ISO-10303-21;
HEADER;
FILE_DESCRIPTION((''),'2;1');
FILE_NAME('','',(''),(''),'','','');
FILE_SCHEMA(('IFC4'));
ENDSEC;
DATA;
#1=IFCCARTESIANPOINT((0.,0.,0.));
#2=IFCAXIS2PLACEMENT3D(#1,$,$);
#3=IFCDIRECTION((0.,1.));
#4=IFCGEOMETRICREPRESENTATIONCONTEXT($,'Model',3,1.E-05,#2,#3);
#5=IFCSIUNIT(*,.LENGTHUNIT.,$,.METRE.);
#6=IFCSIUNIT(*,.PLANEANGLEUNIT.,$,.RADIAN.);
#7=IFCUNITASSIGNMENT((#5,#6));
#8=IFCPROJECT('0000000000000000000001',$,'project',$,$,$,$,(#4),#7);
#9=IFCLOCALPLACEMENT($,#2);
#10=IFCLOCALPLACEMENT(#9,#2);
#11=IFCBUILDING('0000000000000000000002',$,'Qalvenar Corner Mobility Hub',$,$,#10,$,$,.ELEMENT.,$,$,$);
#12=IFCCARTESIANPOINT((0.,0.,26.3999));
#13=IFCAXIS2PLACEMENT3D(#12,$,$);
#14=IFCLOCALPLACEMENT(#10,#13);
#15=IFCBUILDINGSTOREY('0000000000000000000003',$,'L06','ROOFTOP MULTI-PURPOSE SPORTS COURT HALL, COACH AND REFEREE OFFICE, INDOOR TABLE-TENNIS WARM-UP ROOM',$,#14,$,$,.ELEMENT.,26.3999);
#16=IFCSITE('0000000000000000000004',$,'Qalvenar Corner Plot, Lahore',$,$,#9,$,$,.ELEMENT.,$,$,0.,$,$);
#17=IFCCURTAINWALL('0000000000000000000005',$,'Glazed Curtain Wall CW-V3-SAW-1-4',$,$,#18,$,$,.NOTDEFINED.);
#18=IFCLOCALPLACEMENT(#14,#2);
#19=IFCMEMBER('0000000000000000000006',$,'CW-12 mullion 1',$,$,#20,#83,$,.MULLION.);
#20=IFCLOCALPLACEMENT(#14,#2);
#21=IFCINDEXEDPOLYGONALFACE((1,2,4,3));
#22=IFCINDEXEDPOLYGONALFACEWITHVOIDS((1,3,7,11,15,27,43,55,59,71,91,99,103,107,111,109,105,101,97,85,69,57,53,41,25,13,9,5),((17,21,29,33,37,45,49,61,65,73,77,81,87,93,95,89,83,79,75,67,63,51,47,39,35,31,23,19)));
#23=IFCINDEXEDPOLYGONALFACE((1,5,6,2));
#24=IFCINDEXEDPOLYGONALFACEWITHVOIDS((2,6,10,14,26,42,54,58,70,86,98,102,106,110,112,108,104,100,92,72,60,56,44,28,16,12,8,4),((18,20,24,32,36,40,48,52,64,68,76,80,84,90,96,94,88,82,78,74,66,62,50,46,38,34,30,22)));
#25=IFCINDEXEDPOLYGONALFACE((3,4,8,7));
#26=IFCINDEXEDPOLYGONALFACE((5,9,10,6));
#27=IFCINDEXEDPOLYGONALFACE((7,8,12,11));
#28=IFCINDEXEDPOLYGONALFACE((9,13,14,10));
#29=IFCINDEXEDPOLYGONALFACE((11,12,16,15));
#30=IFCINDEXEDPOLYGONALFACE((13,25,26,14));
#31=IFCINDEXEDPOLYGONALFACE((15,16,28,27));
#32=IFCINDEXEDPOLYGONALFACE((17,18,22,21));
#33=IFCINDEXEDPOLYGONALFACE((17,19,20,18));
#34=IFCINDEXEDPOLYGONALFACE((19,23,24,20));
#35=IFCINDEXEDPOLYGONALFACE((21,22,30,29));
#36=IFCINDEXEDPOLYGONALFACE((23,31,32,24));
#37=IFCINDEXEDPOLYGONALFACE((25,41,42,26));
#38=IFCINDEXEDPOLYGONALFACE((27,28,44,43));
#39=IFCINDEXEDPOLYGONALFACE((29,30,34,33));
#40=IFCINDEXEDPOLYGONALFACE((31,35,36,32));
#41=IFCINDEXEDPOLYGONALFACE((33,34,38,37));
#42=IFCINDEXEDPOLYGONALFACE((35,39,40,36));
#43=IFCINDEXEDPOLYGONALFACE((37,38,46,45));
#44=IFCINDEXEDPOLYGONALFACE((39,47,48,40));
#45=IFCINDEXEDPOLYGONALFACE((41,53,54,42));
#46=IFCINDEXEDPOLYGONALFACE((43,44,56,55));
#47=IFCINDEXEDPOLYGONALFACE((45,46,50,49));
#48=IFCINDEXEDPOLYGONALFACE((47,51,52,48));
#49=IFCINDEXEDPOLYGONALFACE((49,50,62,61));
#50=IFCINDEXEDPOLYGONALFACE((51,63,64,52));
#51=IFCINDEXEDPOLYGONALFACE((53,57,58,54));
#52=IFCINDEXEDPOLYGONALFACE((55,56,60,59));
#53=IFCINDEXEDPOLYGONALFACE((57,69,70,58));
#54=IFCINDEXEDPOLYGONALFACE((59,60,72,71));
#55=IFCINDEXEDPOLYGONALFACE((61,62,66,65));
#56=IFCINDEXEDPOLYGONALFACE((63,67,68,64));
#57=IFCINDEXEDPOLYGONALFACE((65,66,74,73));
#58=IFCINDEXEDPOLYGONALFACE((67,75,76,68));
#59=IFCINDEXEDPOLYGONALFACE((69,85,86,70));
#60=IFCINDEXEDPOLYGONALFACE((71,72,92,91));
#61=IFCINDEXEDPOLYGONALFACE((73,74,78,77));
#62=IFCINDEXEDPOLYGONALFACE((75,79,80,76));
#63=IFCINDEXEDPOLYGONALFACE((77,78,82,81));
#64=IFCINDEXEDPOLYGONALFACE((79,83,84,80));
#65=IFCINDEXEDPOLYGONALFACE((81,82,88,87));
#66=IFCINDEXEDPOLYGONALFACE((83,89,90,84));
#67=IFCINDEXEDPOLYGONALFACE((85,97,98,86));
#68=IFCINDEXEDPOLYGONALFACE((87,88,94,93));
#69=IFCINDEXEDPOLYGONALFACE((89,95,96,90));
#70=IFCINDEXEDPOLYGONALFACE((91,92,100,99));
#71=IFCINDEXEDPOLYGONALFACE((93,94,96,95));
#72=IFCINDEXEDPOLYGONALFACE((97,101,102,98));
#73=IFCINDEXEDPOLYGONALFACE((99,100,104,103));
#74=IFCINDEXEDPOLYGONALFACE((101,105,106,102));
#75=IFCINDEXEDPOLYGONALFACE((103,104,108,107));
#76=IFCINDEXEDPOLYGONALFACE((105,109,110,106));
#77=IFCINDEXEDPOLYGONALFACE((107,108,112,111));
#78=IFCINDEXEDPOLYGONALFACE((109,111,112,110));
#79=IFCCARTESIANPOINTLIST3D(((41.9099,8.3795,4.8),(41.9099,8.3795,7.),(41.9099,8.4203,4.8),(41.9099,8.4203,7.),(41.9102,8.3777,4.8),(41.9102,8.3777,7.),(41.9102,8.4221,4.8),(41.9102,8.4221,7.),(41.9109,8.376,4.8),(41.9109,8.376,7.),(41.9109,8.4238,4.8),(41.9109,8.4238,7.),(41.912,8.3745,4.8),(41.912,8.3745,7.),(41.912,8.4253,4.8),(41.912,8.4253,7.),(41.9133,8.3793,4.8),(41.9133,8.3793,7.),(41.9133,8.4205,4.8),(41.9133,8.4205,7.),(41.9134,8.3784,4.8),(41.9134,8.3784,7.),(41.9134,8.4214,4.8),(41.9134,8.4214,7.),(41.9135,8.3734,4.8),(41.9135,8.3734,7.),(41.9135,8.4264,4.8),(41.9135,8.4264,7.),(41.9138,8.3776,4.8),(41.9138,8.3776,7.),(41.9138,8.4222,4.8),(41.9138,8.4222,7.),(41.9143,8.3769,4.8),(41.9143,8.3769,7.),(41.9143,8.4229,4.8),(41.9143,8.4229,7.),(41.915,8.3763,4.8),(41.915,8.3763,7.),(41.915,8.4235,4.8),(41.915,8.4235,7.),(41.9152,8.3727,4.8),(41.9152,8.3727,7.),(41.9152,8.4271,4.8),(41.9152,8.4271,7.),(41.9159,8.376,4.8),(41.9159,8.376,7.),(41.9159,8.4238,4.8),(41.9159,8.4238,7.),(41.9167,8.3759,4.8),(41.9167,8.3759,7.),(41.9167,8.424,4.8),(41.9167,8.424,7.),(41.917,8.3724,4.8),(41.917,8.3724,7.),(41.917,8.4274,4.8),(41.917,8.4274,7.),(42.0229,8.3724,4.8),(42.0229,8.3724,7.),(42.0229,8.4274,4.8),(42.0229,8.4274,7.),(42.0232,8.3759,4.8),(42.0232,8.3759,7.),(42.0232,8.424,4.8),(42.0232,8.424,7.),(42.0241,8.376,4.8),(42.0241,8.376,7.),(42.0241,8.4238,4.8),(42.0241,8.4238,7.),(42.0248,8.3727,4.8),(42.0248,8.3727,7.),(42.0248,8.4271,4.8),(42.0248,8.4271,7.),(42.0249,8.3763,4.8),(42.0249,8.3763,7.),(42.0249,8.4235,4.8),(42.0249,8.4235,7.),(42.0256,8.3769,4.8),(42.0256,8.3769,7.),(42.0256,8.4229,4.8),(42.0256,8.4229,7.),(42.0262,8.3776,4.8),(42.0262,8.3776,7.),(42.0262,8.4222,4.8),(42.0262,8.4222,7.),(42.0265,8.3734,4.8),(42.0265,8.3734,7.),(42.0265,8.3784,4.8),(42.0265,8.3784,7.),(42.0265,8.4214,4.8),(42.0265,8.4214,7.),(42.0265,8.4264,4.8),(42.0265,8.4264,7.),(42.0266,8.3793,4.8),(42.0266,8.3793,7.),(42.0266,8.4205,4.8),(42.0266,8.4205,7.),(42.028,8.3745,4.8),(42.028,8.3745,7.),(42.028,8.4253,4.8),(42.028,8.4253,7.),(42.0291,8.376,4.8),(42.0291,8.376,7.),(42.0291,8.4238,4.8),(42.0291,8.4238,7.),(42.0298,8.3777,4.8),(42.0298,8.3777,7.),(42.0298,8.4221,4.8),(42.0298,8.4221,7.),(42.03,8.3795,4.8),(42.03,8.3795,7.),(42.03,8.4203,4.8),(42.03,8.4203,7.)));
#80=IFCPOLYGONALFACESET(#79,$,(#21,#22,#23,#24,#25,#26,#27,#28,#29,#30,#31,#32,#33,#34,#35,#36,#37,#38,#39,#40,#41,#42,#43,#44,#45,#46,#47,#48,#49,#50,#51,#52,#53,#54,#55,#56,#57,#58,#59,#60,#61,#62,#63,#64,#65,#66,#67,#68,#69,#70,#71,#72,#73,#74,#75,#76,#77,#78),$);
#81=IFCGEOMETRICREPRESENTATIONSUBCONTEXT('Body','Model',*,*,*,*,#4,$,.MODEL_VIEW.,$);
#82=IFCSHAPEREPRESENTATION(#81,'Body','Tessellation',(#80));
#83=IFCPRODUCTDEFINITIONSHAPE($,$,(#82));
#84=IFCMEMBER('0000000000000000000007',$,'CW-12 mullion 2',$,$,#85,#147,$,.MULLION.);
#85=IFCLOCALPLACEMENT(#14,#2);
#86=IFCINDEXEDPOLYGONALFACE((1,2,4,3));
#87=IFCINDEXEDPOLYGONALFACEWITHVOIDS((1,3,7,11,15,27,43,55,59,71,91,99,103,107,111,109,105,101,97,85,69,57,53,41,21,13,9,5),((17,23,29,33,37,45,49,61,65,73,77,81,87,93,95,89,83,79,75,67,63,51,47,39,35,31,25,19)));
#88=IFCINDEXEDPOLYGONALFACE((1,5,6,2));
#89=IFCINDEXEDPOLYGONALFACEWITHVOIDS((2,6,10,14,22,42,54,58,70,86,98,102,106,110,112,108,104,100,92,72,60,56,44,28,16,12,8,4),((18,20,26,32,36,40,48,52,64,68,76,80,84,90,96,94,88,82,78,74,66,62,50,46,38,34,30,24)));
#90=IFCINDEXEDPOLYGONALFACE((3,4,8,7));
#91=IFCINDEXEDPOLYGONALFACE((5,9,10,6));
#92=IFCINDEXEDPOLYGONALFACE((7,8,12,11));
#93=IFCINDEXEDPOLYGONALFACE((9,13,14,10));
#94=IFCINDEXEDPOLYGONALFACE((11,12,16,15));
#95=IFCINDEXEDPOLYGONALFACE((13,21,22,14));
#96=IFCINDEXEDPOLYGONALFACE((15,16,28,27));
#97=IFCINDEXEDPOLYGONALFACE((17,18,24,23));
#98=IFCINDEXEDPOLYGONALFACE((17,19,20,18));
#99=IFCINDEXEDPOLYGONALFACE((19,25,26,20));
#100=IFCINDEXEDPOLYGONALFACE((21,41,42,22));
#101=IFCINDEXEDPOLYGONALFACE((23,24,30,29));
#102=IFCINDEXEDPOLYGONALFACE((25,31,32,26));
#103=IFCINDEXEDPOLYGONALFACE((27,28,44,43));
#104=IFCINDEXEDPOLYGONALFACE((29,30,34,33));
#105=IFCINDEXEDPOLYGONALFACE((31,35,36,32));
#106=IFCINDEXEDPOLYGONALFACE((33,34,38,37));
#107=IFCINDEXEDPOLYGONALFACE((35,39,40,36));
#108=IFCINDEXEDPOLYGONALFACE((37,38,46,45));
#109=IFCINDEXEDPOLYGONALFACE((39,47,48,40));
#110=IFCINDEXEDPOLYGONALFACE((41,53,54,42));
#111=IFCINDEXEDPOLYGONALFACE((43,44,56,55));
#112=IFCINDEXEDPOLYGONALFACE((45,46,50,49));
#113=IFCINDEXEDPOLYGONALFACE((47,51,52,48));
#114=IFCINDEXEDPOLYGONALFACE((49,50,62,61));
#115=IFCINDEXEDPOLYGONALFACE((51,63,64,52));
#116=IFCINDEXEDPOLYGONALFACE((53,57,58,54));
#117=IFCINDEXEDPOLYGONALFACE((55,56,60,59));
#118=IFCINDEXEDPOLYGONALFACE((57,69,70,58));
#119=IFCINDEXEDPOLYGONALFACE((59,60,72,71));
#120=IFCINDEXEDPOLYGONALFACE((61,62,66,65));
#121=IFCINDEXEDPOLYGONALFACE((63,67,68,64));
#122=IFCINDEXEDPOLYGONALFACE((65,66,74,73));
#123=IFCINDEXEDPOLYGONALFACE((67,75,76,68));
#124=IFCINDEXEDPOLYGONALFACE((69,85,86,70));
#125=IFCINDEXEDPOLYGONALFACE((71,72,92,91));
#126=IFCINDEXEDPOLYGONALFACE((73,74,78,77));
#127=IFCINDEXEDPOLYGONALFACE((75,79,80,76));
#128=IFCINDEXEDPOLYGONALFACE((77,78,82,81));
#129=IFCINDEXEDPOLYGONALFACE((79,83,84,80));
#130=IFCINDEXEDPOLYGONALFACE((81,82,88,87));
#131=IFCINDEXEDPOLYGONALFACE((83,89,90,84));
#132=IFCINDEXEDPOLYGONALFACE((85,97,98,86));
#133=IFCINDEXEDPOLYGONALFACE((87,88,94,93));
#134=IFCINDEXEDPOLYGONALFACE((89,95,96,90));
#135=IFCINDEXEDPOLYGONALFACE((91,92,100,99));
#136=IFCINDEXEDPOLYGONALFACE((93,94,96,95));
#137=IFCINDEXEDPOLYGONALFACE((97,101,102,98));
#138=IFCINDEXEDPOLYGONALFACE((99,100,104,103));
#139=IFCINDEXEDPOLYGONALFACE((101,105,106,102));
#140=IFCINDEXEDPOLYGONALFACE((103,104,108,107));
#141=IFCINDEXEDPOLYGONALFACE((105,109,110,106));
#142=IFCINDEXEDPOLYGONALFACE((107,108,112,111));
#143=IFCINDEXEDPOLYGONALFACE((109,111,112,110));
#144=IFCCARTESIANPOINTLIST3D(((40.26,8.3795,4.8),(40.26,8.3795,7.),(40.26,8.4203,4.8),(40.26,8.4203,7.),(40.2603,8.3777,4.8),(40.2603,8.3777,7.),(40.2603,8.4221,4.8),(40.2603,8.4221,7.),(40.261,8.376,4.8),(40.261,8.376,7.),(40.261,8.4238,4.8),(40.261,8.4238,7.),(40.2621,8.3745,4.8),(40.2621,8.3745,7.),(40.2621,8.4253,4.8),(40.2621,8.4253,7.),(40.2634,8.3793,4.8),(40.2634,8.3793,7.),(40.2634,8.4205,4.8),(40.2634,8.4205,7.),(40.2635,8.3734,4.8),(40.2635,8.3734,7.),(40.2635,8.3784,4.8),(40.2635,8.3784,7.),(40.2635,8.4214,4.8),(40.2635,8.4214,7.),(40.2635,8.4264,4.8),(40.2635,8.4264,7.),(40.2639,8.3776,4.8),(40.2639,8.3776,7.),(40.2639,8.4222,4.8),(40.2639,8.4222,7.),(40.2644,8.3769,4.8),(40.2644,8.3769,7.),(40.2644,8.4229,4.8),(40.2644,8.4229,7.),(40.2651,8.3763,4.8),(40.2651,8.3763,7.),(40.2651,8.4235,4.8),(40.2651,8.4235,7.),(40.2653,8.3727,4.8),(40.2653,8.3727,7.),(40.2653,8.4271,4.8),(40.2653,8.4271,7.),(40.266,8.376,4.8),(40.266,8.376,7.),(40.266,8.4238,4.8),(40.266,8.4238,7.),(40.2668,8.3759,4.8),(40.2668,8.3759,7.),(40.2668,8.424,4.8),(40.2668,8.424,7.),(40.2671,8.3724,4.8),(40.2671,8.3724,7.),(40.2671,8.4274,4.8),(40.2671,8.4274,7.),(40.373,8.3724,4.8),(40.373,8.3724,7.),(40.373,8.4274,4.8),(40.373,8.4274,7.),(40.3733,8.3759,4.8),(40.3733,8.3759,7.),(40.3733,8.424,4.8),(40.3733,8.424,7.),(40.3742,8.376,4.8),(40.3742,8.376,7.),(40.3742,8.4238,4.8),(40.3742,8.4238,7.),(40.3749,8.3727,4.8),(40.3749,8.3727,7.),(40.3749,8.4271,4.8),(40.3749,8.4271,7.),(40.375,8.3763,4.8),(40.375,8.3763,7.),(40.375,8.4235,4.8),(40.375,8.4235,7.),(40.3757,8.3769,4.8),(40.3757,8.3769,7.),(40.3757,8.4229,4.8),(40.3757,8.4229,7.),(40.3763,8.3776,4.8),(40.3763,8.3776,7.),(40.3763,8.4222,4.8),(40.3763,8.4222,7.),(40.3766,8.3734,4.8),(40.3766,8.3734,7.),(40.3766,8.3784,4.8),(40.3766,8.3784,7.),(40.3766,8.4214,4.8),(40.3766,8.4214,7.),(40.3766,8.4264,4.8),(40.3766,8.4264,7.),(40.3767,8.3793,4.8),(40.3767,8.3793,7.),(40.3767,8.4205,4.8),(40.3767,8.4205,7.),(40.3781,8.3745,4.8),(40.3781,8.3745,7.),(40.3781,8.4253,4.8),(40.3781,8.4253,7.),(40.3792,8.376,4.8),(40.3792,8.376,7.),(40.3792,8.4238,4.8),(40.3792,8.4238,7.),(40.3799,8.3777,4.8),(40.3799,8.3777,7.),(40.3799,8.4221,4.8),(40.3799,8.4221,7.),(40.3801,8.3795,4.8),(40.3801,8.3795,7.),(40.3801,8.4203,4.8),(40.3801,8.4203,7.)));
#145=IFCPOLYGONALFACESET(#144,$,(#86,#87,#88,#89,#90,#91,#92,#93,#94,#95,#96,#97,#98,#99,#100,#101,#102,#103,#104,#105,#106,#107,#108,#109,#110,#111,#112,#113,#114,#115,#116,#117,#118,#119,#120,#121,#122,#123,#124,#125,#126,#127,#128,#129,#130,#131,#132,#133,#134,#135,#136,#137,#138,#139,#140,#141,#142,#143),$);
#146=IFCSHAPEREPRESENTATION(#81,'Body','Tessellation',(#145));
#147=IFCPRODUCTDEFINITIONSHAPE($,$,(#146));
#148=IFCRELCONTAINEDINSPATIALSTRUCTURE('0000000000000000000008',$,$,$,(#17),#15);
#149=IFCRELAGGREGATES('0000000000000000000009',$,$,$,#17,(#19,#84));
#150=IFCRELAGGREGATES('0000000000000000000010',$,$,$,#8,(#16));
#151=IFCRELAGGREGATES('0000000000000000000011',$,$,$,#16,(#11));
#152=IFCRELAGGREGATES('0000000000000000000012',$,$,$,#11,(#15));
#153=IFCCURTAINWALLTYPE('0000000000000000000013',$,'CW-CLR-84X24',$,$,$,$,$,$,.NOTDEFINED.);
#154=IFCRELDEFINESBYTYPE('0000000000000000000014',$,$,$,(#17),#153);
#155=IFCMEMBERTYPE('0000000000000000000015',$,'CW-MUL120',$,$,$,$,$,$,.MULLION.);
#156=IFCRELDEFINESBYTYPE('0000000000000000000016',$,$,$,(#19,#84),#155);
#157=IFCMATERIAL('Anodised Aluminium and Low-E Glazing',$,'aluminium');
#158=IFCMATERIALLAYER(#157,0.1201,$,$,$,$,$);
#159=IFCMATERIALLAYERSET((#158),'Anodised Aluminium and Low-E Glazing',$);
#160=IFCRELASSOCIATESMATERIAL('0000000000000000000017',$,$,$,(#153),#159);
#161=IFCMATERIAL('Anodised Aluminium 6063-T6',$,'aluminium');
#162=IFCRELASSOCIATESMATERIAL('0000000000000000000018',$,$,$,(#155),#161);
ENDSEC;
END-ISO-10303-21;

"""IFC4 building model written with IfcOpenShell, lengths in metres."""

from ifc_helpers import new_model, si_unit, direction, frame, origin, origin_2d, place, context, subcontext, project, spatial, hollow_rectangle, extrude, material, layer, layer_set, material_profile, profile_set, type_object, element, aggregate, save


model = new_model("IFC4")

# Units and contexts
model_context = context("Model", 3, precision=1e-05, world=origin(), true_north=direction((0.0, 1.0)))
body_context = subcontext(model_context, "Body", "Model", "MODEL_VIEW")
ifc_project = project(units=[si_unit("LENGTHUNIT", "METRE"), si_unit("PLANEANGLEUNIT", "RADIAN")], contexts=[model_context])

# Site, building, storey
site_placement = place(None, origin())
site = spatial("IfcSite", under=ifc_project, at=site_placement, Name="Qalvenar Corner Plot, Lahore", CompositionType="ELEMENT", RefElevation=0.0)
building_placement = place(site_placement, origin())
building = spatial("IfcBuilding", under=site, at=building_placement, Name="Qalvenar Corner Mobility Hub", CompositionType="ELEMENT")
storey_placement = place(building_placement, frame((0.0, 0.0, 26.3999)))
storey = spatial("IfcBuildingStorey", under=building, at=storey_placement, Name="L06", Description="ROOFTOP MULTI-PURPOSE SPORTS COURT HALL, COACH AND REFEREE OFFICE, INDOOR TABLE-TENNIS WARM-UP ROOM", CompositionType="ELEMENT", Elevation=26.3999)

# Curtain wall, members
ifc_material_1 = material(Name="Anodised Aluminium and Low-E Glazing", Category="aluminium")
ifc_layer_1 = layer(ifc_material_1, 0.1201)
ifc_layer_set_1 = layer_set([ifc_layer_1], Name="Anodised Aluminium and Low-E Glazing")
curtain_wall_type_1 = type_object("IfcCurtainWallType", Name="CW-CLR-84X24", PredefinedType="NOTDEFINED", material=ifc_layer_set_1)
curtain_wall_1_placement = place(storey_placement, origin())
curtain_wall_1 = element("IfcCurtainWall", 1, at=curtain_wall_1_placement, inside=storey, type_object=curtain_wall_type_1, Name="Glazed Curtain Wall CW-V3-SAW-1-4", PredefinedType="NOTDEFINED")
ifc_material_2 = material(Name="Anodised Aluminium 6063-T6", Category="aluminium")
ifc_material_profile_1 = material_profile(ifc_material_2, hollow_rectangle(XDim=0.0549, YDim=0.1201, WallThickness=0.0034, InnerFilletRadius=0.0034, OuterFilletRadius=0.0071, at=origin_2d()), Name="RHS120x55x3.5")
ifc_profile_set_1 = profile_set([ifc_material_profile_1], Name="Anodised Aluminium 6063-T6")
member_type_1 = type_object("IfcMemberType", Name="CW-MUL120", PredefinedType="MULLION", material=ifc_profile_set_1)
member_1_placement = place(storey_placement, frame((41.97, 8.3999, 4.8), z_axis=(0.0, 0.0, 1.0), x_axis=(0.0, -1.0, 0.0)))
member_1 = element("IfcMember", 2, at=member_1_placement, type_object=member_type_1, Name="CW-12 mullion 1", PredefinedType="MULLION", context=body_context, shape_type="SweptSolid", body=[
    extrude(hollow_rectangle(XDim=0.0549, YDim=0.1201, WallThickness=0.0034, InnerFilletRadius=0.0034, OuterFilletRadius=0.0071, at=origin_2d()), origin(), (0.0, 0.0, 1.0), 2.2),
])
member_2_placement = place(storey_placement, frame((40.3201, 8.3999, 4.8), z_axis=(0.0, 0.0, 1.0), x_axis=(0.0, -1.0, 0.0)))
member_2 = element("IfcMember", 3, at=member_2_placement, type_object=member_type_1, Name="CW-12 mullion 2", PredefinedType="MULLION", context=body_context, shape_type="SweptSolid", body=[
    extrude(hollow_rectangle(XDim=0.0549, YDim=0.1201, WallThickness=0.0034, InnerFilletRadius=0.0034, OuterFilletRadius=0.0071, at=origin_2d()), origin(), (0.0, 0.0, 1.0), 2.2),
])

aggregate(curtain_wall_1, [member_1, member_2])

save(model, "model.ifc")
